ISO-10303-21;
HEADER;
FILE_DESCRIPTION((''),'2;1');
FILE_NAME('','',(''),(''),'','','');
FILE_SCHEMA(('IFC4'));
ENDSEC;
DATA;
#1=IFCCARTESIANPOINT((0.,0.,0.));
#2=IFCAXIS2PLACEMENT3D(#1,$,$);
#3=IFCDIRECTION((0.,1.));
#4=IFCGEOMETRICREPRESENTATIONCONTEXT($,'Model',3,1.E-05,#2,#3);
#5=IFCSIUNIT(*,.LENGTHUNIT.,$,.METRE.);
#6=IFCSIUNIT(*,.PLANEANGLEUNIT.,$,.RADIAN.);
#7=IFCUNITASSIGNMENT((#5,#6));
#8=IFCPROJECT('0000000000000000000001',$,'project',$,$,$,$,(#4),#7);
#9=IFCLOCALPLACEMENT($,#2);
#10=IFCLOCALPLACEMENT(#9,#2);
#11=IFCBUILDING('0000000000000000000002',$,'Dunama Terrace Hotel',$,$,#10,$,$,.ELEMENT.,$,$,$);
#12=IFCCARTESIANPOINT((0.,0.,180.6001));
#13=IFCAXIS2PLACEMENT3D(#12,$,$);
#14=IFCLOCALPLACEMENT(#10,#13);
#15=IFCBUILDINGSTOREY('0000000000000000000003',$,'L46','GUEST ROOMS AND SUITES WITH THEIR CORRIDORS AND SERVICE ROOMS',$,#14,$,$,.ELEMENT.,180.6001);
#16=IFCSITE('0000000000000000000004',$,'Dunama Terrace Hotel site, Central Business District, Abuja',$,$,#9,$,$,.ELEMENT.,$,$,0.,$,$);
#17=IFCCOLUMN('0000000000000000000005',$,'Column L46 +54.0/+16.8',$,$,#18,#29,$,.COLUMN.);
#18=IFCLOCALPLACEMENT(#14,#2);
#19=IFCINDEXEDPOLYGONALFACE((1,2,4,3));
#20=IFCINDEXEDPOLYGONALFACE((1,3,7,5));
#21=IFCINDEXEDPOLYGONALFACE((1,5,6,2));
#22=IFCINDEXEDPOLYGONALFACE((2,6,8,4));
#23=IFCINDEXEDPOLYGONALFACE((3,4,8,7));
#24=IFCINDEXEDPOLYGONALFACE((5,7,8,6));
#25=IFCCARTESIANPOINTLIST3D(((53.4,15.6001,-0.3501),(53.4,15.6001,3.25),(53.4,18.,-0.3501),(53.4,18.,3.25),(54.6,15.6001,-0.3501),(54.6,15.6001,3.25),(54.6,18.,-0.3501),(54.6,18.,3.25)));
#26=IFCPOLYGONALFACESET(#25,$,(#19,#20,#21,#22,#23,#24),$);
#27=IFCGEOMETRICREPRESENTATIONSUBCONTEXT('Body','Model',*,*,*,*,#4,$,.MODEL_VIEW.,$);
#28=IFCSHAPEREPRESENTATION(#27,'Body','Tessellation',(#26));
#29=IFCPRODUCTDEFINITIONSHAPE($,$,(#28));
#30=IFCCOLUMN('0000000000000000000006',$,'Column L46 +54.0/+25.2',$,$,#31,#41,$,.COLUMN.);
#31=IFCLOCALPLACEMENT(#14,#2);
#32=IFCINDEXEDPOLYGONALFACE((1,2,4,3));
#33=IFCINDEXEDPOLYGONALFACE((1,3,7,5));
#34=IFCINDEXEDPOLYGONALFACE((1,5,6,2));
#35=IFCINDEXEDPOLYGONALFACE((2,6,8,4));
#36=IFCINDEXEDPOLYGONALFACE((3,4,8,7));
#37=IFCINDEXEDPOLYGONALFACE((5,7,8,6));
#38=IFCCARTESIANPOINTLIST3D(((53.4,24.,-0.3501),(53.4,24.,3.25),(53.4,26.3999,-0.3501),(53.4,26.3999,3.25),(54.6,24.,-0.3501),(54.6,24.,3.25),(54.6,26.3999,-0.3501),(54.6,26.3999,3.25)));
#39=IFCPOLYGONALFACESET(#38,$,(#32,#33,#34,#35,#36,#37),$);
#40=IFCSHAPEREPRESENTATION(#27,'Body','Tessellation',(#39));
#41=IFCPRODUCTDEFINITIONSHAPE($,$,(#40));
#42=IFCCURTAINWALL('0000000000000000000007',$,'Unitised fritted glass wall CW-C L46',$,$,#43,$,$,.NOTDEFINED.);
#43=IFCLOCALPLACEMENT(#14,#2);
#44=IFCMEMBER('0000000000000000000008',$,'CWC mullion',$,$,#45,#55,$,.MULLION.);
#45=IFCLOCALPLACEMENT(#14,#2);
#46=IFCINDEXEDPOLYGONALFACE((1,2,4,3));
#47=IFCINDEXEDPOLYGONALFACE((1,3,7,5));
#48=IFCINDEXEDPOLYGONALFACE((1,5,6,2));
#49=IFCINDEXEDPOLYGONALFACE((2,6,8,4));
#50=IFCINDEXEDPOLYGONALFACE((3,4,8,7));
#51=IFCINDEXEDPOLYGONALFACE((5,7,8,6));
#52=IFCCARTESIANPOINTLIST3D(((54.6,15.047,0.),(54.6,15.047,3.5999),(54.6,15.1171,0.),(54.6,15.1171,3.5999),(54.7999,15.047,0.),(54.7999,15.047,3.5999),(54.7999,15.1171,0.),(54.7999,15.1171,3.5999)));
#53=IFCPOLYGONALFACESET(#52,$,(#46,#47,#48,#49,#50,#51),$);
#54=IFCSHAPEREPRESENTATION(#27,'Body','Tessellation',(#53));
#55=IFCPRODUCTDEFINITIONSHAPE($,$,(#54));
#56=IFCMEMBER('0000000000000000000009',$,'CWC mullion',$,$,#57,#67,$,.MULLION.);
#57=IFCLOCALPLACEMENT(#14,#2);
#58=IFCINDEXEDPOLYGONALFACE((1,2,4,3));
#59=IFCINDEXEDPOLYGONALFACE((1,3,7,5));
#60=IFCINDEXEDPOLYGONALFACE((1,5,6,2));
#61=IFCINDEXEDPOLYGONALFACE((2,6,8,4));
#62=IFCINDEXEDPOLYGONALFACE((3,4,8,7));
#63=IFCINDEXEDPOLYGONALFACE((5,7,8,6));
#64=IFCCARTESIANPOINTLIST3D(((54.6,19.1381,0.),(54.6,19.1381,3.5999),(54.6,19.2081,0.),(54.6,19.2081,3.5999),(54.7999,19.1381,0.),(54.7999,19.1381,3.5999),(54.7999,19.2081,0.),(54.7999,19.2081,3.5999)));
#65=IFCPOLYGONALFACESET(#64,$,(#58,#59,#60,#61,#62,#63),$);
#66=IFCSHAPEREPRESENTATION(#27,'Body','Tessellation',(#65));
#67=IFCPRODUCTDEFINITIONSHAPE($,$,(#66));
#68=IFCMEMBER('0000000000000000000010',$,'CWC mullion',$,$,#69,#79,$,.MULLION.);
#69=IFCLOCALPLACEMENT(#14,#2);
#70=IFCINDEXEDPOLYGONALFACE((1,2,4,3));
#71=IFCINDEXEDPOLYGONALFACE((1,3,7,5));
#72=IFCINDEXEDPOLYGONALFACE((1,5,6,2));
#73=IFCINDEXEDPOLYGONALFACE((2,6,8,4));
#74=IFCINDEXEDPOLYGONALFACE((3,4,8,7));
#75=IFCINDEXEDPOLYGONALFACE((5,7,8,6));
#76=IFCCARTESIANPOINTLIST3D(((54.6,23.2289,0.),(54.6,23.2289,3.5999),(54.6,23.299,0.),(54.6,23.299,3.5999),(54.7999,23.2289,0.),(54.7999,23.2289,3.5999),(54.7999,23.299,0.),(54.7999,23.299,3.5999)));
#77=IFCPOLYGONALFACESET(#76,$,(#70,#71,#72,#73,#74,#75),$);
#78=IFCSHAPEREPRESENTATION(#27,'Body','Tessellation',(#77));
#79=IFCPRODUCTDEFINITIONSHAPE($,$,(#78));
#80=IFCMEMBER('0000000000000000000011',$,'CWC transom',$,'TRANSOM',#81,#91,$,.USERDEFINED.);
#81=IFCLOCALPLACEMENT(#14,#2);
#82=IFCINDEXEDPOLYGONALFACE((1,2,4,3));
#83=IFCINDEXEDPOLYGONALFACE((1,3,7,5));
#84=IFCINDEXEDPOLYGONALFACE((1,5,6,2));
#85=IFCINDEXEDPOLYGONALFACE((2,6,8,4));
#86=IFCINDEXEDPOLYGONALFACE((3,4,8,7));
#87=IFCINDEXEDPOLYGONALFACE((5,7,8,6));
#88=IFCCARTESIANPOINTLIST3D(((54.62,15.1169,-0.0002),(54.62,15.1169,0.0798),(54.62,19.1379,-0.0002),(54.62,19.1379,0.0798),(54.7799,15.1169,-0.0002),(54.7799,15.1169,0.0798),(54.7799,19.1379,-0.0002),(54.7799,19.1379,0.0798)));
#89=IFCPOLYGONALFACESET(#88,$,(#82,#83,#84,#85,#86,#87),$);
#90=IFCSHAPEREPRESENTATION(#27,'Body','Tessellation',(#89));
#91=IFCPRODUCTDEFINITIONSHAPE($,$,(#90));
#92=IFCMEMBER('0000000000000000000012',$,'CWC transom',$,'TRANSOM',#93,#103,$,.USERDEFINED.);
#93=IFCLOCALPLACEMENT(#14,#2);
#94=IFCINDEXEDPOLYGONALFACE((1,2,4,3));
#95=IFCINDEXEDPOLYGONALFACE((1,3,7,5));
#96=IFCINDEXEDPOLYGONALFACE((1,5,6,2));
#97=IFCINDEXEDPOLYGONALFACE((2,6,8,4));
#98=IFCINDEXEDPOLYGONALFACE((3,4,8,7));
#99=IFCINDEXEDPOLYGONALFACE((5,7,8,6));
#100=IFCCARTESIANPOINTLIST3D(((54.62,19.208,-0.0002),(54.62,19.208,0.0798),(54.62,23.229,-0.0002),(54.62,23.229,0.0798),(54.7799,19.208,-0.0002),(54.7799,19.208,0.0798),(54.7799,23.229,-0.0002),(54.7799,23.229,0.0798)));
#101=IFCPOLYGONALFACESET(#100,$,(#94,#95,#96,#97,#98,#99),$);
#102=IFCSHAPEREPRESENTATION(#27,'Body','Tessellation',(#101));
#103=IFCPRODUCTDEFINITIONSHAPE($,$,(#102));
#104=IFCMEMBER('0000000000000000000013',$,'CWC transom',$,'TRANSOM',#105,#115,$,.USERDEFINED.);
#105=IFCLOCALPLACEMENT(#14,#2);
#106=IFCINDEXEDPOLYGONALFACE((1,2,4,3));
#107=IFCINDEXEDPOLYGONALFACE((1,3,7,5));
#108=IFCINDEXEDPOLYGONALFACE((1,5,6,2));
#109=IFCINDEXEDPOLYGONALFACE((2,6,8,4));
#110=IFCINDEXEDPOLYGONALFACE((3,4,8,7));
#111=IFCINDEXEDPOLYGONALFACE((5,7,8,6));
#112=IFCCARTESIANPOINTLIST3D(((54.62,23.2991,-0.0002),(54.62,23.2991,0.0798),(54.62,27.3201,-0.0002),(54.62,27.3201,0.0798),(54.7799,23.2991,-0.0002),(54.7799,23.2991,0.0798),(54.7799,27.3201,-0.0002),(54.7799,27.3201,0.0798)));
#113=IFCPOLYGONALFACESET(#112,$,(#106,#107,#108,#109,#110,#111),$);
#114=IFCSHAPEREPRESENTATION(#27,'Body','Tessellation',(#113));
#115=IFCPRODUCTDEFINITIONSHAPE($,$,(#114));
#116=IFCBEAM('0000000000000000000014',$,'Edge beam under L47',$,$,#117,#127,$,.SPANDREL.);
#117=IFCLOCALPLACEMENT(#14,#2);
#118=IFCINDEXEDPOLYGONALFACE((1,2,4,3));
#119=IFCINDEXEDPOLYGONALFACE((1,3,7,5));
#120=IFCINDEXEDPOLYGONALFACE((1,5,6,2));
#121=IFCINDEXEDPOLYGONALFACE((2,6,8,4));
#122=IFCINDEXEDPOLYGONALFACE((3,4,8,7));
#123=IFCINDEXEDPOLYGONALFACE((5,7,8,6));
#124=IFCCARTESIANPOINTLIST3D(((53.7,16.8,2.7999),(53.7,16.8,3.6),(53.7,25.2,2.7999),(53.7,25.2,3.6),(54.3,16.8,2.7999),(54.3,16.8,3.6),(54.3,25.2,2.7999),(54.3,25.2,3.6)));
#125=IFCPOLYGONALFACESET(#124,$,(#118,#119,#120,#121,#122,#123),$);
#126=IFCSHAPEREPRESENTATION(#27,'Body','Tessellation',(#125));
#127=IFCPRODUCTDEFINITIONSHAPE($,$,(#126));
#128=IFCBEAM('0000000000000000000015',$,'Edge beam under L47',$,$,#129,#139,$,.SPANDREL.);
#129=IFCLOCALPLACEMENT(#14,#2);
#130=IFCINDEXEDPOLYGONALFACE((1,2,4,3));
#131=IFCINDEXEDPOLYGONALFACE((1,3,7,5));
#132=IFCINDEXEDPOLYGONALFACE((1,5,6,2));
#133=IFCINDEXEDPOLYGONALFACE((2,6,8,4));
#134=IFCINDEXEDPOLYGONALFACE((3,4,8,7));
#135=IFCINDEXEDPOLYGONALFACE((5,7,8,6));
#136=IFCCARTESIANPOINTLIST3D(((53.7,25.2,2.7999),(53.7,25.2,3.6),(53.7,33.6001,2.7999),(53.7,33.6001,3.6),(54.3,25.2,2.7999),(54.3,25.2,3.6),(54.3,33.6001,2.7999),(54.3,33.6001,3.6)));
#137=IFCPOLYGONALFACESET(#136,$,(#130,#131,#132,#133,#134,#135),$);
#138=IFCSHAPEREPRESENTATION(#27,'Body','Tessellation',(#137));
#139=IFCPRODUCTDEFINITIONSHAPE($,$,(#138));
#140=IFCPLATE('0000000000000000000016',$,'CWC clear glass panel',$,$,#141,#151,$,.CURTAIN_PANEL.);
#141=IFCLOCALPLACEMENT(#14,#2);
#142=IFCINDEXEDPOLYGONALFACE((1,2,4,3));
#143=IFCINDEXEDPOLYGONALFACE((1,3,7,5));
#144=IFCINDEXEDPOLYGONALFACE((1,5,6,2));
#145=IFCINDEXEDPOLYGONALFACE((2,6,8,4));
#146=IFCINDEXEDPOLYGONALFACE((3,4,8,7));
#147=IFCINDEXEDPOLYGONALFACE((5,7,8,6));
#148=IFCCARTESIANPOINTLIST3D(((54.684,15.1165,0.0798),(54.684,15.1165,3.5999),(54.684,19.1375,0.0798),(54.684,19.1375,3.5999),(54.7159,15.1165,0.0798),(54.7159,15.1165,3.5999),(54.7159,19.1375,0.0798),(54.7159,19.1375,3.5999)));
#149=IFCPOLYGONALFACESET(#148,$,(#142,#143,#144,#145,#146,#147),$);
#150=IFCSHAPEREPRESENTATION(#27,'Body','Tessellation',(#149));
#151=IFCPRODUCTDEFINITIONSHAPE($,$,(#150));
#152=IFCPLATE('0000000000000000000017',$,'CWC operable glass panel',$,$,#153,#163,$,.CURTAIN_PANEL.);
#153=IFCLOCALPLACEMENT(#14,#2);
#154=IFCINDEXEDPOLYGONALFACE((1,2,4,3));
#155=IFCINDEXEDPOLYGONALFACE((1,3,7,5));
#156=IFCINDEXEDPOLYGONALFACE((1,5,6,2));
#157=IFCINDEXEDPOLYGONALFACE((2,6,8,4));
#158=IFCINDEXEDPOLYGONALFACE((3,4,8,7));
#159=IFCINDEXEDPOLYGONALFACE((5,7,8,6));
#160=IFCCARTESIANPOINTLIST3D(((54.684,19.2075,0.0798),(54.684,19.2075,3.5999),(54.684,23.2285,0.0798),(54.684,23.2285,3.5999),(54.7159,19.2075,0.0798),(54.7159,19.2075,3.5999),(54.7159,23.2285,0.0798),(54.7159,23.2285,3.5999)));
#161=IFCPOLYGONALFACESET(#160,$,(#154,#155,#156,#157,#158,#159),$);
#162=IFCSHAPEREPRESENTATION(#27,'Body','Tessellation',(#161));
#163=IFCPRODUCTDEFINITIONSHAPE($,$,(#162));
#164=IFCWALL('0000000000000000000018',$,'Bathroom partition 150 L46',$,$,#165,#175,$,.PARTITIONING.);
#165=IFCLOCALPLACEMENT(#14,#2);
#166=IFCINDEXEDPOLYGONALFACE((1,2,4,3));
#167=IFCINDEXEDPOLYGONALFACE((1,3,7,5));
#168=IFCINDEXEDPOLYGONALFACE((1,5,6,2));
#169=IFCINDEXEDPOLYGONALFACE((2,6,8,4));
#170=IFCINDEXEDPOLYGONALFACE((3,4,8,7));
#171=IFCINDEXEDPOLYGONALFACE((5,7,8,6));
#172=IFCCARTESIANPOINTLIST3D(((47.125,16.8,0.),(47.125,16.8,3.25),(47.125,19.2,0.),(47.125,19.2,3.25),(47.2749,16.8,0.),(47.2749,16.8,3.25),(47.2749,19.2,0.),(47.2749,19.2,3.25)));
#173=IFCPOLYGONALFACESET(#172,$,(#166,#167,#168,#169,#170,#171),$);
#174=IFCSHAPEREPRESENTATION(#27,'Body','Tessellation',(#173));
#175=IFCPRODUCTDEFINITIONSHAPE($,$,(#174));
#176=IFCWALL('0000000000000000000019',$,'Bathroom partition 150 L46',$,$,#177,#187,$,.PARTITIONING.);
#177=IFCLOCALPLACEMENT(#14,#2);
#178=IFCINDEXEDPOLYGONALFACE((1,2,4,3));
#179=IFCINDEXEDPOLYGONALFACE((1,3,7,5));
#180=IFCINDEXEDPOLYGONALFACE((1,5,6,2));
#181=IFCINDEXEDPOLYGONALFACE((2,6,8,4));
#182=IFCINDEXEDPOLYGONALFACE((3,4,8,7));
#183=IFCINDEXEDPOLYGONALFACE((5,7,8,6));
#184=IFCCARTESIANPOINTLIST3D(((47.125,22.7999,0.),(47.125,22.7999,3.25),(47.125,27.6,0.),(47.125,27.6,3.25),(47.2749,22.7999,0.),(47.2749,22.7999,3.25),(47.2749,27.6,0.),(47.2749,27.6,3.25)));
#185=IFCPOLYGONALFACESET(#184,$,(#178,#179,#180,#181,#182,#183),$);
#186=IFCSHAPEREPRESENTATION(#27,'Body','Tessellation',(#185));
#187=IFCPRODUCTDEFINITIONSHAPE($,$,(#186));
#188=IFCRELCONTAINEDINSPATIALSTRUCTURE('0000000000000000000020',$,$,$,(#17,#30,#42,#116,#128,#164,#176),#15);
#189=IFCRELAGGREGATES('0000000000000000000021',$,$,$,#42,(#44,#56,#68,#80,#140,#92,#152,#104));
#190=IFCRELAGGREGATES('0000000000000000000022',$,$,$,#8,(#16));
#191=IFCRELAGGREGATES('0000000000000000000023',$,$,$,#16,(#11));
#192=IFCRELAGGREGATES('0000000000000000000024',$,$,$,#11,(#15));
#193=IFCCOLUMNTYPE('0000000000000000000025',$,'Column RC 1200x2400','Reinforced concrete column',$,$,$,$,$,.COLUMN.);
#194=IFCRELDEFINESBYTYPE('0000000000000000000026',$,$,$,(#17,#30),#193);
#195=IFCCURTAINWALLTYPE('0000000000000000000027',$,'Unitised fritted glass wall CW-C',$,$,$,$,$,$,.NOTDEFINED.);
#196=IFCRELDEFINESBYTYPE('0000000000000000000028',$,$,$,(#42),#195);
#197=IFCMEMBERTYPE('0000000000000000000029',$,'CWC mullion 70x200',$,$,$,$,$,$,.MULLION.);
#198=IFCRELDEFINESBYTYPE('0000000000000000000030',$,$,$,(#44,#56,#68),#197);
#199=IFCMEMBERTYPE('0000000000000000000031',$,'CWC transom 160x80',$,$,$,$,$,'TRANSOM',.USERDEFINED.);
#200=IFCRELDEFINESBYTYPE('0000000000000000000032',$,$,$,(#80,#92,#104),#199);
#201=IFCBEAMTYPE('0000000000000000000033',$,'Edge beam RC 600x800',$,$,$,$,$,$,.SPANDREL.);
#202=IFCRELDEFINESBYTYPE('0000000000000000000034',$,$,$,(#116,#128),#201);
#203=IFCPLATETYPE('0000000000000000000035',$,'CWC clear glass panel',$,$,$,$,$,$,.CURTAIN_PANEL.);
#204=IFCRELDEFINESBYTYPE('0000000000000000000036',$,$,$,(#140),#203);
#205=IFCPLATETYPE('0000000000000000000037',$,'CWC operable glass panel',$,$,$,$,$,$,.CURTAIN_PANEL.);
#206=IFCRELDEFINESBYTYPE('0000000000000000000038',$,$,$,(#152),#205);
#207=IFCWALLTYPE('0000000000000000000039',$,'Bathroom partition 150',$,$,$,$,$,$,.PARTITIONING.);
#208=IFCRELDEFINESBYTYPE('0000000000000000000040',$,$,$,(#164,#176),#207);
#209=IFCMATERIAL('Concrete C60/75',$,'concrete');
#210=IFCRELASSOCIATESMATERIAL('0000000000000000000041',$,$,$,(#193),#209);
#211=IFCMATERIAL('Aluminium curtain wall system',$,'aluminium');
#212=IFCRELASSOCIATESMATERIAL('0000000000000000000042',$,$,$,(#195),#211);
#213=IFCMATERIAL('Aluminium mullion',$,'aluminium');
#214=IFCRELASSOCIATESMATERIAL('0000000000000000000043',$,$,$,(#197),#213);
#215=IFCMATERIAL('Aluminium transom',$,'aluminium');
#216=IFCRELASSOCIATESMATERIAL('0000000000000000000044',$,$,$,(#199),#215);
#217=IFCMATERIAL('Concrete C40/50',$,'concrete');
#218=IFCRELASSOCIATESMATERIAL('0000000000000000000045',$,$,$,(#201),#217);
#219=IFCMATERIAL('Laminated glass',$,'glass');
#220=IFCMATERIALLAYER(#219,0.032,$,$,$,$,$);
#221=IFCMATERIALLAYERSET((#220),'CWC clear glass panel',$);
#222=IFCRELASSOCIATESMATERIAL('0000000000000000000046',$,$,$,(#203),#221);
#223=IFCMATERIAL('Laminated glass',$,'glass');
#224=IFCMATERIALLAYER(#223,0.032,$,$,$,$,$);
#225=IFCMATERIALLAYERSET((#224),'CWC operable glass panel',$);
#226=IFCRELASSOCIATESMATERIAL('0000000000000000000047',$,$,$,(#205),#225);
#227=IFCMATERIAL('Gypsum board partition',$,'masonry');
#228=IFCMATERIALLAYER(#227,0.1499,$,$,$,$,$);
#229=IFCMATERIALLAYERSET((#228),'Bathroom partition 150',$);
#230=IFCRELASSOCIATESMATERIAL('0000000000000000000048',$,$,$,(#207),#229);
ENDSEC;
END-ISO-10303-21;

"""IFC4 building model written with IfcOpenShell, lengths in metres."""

from ifc_helpers import new_model, si_unit, direction, frame, frame_2d, origin, origin_2d, place, context, subcontext, project, spatial, rectangle, extrude, material, layer, layer_set, material_profile, profile_set, type_object, element, aggregate, save


model = new_model("IFC4")

# Units and contexts
model_context = context("Model", 3, precision=1e-05, world=origin(), true_north=direction((0.0, 1.0)))
body_context = subcontext(model_context, "Body", "Model", "MODEL_VIEW")
ifc_project = project(units=[si_unit("LENGTHUNIT", "METRE"), si_unit("PLANEANGLEUNIT", "RADIAN")], contexts=[model_context])

# Site, building, storey
site_placement = place(None, origin())
site = spatial("IfcSite", under=ifc_project, at=site_placement, Name="Dunama Terrace Hotel site, Central Business District, Abuja", CompositionType="ELEMENT", RefElevation=0.0)
building_placement = place(site_placement, origin())
building = spatial("IfcBuilding", under=site, at=building_placement, Name="Dunama Terrace Hotel", CompositionType="ELEMENT")
storey_placement = place(building_placement, frame((0.0, 0.0, 180.6001)))
storey = spatial("IfcBuildingStorey", under=building, at=storey_placement, Name="L46", Description="GUEST ROOMS AND SUITES WITH THEIR CORRIDORS AND SERVICE ROOMS", CompositionType="ELEMENT", Elevation=180.6001)

# Columns
ifc_material_1 = material(Name="Concrete C60/75", Category="concrete")
ifc_material_profile_1 = material_profile(ifc_material_1, rectangle(XDim=1.2, YDim=2.3999, at=origin_2d()), Name="RC 1200x2400")
ifc_profile_set_1 = profile_set([ifc_material_profile_1], Name="Concrete C60/75")
column_type = type_object("IfcColumnType", Name="Column RC 1200x2400", Description="Reinforced concrete column", PredefinedType="COLUMN", material=ifc_profile_set_1)
for number, where, z_axis, x_axis, name in (
    (1, (54.0, 16.8, -0.3501), (0.0, 0.0, 1.0), (1.0, 0.0, 0.0), "Column L46 +54.0/+16.8"),
    (2, (54.0, 25.2, -0.3501), (0.0, 0.0, 1.0), (1.0, 0.0, 0.0), "Column L46 +54.0/+25.2"),
):
    element("IfcColumn", number, at=place(storey_placement, frame(where, z_axis=z_axis, x_axis=x_axis)), inside=storey, type_object=column_type, Name=name, PredefinedType="COLUMN", context=body_context, shape_type="SweptSolid", body=[
        extrude(rectangle(XDim=1.2, YDim=2.3999, at=origin_2d()), origin(), (0.0, 0.0, 1.0), 3.6001),
    ])

# Curtain wall, members
ifc_material_2 = material(Name="Aluminium curtain wall system", Category="aluminium")
curtain_wall_type = type_object("IfcCurtainWallType", Name="Unitised fritted glass wall CW-C", PredefinedType="NOTDEFINED", material=ifc_material_2)
curtain_wall_placement = place(storey_placement, origin())
curtain_wall = element("IfcCurtainWall", 3, at=curtain_wall_placement, inside=storey, type_object=curtain_wall_type, Name="Unitised fritted glass wall CW-C L46", PredefinedType="NOTDEFINED")
ifc_material_3 = material(Name="Aluminium mullion", Category="aluminium")
ifc_material_profile_2 = material_profile(ifc_material_3, rectangle(XDim=0.0701, YDim=0.2, at=origin_2d()), Name="CWC MULLION 70X200")
ifc_profile_set_2 = profile_set([ifc_material_profile_2], Name="Aluminium mullion")
member_type_1 = type_object("IfcMemberType", Name="CWC mullion 70x200", PredefinedType="MULLION", material=ifc_profile_set_2)
member_1_placement = place(storey_placement, frame((54.7, 15.082, 0.0), z_axis=(0.0, 0.0, 1.0), x_axis=(0.0, 1.0, 0.0)))
member_1 = element("IfcMember", 4, at=member_1_placement, type_object=member_type_1, Name="CWC mullion", PredefinedType="MULLION", context=body_context, shape_type="SweptSolid", body=[
    extrude(rectangle(XDim=0.0701, YDim=0.2, at=origin_2d()), origin(), (0.0, 0.0, 1.0), 3.5999),
])
member_2_placement = place(storey_placement, frame((54.7, 19.1731, 0.0), z_axis=(0.0, 0.0, 1.0), x_axis=(0.0, 1.0, 0.0)))
member_2 = element("IfcMember", 5, at=member_2_placement, type_object=member_type_1, Name="CWC mullion", PredefinedType="MULLION", context=body_context, shape_type="SweptSolid", body=[
    extrude(rectangle(XDim=0.0701, YDim=0.2, at=origin_2d()), origin(), (0.0, 0.0, 1.0), 3.5999),
])
member_3_placement = place(storey_placement, frame((54.7, 23.2639, 0.0), z_axis=(0.0, 0.0, 1.0), x_axis=(0.0, 1.0, 0.0)))
member_3 = element("IfcMember", 6, at=member_3_placement, type_object=member_type_1, Name="CWC mullion", PredefinedType="MULLION", context=body_context, shape_type="SweptSolid", body=[
    extrude(rectangle(XDim=0.0701, YDim=0.2, at=origin_2d()), origin(), (0.0, 0.0, 1.0), 3.5999),
])
ifc_material_4 = material(Name="Aluminium transom", Category="aluminium")
ifc_material_profile_3 = material_profile(ifc_material_4, rectangle(XDim=0.1599, YDim=0.0801, at=origin_2d()), Name="CWC TRANSOM 160X80")
ifc_profile_set_3 = profile_set([ifc_material_profile_3], Name="Aluminium transom")
member_type_2 = type_object("IfcMemberType", Name="CWC transom 160x80", ElementType="TRANSOM", PredefinedType="USERDEFINED", material=ifc_profile_set_3)
member_4_placement = place(storey_placement, frame((54.7, 15.1169, 0.0398), z_axis=(0.0, 1.0, 0.0), x_axis=(-1.0, 0.0, 0.0)))
member_4 = element("IfcMember", 7, at=member_4_placement, type_object=member_type_2, Name="CWC transom", ObjectType="TRANSOM", PredefinedType="USERDEFINED", context=body_context, shape_type="SweptSolid", body=[
    extrude(rectangle(XDim=0.1599, YDim=0.0801, at=origin_2d()), origin(), (0.0, 0.0, 1.0), 4.021),
])
member_5_placement = place(storey_placement, frame((54.7, 19.208, 0.0398), z_axis=(0.0, 1.0, 0.0), x_axis=(-1.0, 0.0, 0.0)))
member_5 = element("IfcMember", 8, at=member_5_placement, type_object=member_type_2, Name="CWC transom", ObjectType="TRANSOM", PredefinedType="USERDEFINED", context=body_context, shape_type="SweptSolid", body=[
    extrude(rectangle(XDim=0.1599, YDim=0.0801, at=origin_2d()), origin(), (0.0, 0.0, 1.0), 4.021),
])
member_6_placement = place(storey_placement, frame((54.7, 23.2991, 0.0398), z_axis=(0.0, 1.0, 0.0), x_axis=(-1.0, 0.0, 0.0)))
member_6 = element("IfcMember", 9, at=member_6_placement, type_object=member_type_2, Name="CWC transom", ObjectType="TRANSOM", PredefinedType="USERDEFINED", context=body_context, shape_type="SweptSolid", body=[
    extrude(rectangle(XDim=0.1599, YDim=0.0801, at=origin_2d()), origin(), (0.0, 0.0, 1.0), 4.021),
])

# Beams
ifc_material_5 = material(Name="Concrete C40/50", Category="concrete")
ifc_material_profile_4 = material_profile(ifc_material_5, rectangle(XDim=0.6001, YDim=0.8, at=origin_2d()), Name="RC 600x800")
ifc_profile_set_4 = profile_set([ifc_material_profile_4], Name="Concrete C40/50")
beam_type = type_object("IfcBeamType", Name="Edge beam RC 600x800", PredefinedType="SPANDREL", material=ifc_profile_set_4)
beam_1_placement = place(storey_placement, frame((54.0, 16.8, 3.2), z_axis=(0.0, 1.0, 0.0), x_axis=(-1.0, 0.0, 0.0)))
element("IfcBeam", 10, at=beam_1_placement, inside=storey, type_object=beam_type, Name="Edge beam under L47", PredefinedType="SPANDREL", context=body_context, shape_type="SweptSolid", body=[
    extrude(rectangle(XDim=0.6001, YDim=0.8, at=origin_2d()), origin(), (0.0, 0.0, 1.0), 8.3999),
])
beam_2_placement = place(storey_placement, frame((54.0, 25.2, 3.2), z_axis=(0.0, 1.0, 0.0), x_axis=(-1.0, 0.0, 0.0)))
element("IfcBeam", 11, at=beam_2_placement, inside=storey, type_object=beam_type, Name="Edge beam under L47", PredefinedType="SPANDREL", context=body_context, shape_type="SweptSolid", body=[
    extrude(rectangle(XDim=0.6001, YDim=0.8, at=origin_2d()), origin(), (0.0, 0.0, 1.0), 8.4001),
])

# Plates
ifc_material_6 = material(Name="Laminated glass", Category="glass")
ifc_layer_1 = layer(ifc_material_6, 0.032)
ifc_layer_set_1 = layer_set([ifc_layer_1], Name="CWC clear glass panel")
plate_type_1 = type_object("IfcPlateType", Name="CWC clear glass panel", PredefinedType="CURTAIN_PANEL", material=ifc_layer_set_1)
plate_1_placement = place(storey_placement, frame((54.7, 17.127, 0.0798), z_axis=(0.0, 0.0, 1.0), x_axis=(0.0, 1.0, 0.0)))
plate_1 = element("IfcPlate", 12, at=plate_1_placement, type_object=plate_type_1, Name="CWC clear glass panel", PredefinedType="CURTAIN_PANEL", context=body_context, shape_type="SweptSolid", body=[
    extrude(rectangle(XDim=4.021, YDim=0.032, at=origin_2d()), origin(), (0.0, 0.0, 1.0), 3.52),
])
ifc_material_7 = material(Name="Laminated glass", Category="glass")
ifc_layer_2 = layer(ifc_material_7, 0.032)
ifc_layer_set_2 = layer_set([ifc_layer_2], Name="CWC operable glass panel")
plate_type_2 = type_object("IfcPlateType", Name="CWC operable glass panel", PredefinedType="CURTAIN_PANEL", material=ifc_layer_set_2)
plate_2_placement = place(storey_placement, frame((54.7, 21.218, 0.0798), z_axis=(0.0, 0.0, 1.0), x_axis=(0.0, 1.0, 0.0)))
plate_2 = element("IfcPlate", 13, at=plate_2_placement, type_object=plate_type_2, Name="CWC operable glass panel", PredefinedType="CURTAIN_PANEL", context=body_context, shape_type="SweptSolid", body=[
    extrude(rectangle(XDim=4.021, YDim=0.032, at=origin_2d()), origin(), (0.0, 0.0, 1.0), 3.52),
])
aggregate(curtain_wall, [member_1, member_2, member_3, member_4, plate_1, member_5, plate_2, member_6])

# Walls
ifc_material_8 = material(Name="Gypsum board partition", Category="masonry")
ifc_layer_3 = layer(ifc_material_8, 0.1499)
ifc_layer_set_3 = layer_set([ifc_layer_3], Name="Bathroom partition 150")
wall_type_1 = type_object("IfcWallType", Name="Bathroom partition 150", PredefinedType="PARTITIONING", material=ifc_layer_set_3)
wall_1_placement = place(storey_placement, frame((47.2, 16.8, 0.0), z_axis=(0.0, 0.0, 1.0), x_axis=(0.0, 1.0, 0.0)))
element("IfcWall", 14, at=wall_1_placement, inside=storey, type_object=wall_type_1, Name="Bathroom partition 150 L46", PredefinedType="PARTITIONING", context=body_context, shape_type="SweptSolid", body=[
    extrude(rectangle(XDim=2.3999, YDim=0.1499, at=frame_2d((1.2, 0.0))), origin(), (0.0, 0.0, 1.0), 3.25),
])
wall_2_placement = place(storey_placement, frame((47.2, 22.8, 0.0), z_axis=(0.0, 0.0, 1.0), x_axis=(0.0, 1.0, 0.0)))
element("IfcWall", 15, at=wall_2_placement, inside=storey, type_object=wall_type_1, Name="Bathroom partition 150 L46", PredefinedType="PARTITIONING", context=body_context, shape_type="SweptSolid", body=[
    extrude(rectangle(XDim=4.8, YDim=0.1499, at=frame_2d((2.3999, 0.0))), origin(), (0.0, 0.0, 1.0), 3.25),
])

save(model, "model.ifc")
